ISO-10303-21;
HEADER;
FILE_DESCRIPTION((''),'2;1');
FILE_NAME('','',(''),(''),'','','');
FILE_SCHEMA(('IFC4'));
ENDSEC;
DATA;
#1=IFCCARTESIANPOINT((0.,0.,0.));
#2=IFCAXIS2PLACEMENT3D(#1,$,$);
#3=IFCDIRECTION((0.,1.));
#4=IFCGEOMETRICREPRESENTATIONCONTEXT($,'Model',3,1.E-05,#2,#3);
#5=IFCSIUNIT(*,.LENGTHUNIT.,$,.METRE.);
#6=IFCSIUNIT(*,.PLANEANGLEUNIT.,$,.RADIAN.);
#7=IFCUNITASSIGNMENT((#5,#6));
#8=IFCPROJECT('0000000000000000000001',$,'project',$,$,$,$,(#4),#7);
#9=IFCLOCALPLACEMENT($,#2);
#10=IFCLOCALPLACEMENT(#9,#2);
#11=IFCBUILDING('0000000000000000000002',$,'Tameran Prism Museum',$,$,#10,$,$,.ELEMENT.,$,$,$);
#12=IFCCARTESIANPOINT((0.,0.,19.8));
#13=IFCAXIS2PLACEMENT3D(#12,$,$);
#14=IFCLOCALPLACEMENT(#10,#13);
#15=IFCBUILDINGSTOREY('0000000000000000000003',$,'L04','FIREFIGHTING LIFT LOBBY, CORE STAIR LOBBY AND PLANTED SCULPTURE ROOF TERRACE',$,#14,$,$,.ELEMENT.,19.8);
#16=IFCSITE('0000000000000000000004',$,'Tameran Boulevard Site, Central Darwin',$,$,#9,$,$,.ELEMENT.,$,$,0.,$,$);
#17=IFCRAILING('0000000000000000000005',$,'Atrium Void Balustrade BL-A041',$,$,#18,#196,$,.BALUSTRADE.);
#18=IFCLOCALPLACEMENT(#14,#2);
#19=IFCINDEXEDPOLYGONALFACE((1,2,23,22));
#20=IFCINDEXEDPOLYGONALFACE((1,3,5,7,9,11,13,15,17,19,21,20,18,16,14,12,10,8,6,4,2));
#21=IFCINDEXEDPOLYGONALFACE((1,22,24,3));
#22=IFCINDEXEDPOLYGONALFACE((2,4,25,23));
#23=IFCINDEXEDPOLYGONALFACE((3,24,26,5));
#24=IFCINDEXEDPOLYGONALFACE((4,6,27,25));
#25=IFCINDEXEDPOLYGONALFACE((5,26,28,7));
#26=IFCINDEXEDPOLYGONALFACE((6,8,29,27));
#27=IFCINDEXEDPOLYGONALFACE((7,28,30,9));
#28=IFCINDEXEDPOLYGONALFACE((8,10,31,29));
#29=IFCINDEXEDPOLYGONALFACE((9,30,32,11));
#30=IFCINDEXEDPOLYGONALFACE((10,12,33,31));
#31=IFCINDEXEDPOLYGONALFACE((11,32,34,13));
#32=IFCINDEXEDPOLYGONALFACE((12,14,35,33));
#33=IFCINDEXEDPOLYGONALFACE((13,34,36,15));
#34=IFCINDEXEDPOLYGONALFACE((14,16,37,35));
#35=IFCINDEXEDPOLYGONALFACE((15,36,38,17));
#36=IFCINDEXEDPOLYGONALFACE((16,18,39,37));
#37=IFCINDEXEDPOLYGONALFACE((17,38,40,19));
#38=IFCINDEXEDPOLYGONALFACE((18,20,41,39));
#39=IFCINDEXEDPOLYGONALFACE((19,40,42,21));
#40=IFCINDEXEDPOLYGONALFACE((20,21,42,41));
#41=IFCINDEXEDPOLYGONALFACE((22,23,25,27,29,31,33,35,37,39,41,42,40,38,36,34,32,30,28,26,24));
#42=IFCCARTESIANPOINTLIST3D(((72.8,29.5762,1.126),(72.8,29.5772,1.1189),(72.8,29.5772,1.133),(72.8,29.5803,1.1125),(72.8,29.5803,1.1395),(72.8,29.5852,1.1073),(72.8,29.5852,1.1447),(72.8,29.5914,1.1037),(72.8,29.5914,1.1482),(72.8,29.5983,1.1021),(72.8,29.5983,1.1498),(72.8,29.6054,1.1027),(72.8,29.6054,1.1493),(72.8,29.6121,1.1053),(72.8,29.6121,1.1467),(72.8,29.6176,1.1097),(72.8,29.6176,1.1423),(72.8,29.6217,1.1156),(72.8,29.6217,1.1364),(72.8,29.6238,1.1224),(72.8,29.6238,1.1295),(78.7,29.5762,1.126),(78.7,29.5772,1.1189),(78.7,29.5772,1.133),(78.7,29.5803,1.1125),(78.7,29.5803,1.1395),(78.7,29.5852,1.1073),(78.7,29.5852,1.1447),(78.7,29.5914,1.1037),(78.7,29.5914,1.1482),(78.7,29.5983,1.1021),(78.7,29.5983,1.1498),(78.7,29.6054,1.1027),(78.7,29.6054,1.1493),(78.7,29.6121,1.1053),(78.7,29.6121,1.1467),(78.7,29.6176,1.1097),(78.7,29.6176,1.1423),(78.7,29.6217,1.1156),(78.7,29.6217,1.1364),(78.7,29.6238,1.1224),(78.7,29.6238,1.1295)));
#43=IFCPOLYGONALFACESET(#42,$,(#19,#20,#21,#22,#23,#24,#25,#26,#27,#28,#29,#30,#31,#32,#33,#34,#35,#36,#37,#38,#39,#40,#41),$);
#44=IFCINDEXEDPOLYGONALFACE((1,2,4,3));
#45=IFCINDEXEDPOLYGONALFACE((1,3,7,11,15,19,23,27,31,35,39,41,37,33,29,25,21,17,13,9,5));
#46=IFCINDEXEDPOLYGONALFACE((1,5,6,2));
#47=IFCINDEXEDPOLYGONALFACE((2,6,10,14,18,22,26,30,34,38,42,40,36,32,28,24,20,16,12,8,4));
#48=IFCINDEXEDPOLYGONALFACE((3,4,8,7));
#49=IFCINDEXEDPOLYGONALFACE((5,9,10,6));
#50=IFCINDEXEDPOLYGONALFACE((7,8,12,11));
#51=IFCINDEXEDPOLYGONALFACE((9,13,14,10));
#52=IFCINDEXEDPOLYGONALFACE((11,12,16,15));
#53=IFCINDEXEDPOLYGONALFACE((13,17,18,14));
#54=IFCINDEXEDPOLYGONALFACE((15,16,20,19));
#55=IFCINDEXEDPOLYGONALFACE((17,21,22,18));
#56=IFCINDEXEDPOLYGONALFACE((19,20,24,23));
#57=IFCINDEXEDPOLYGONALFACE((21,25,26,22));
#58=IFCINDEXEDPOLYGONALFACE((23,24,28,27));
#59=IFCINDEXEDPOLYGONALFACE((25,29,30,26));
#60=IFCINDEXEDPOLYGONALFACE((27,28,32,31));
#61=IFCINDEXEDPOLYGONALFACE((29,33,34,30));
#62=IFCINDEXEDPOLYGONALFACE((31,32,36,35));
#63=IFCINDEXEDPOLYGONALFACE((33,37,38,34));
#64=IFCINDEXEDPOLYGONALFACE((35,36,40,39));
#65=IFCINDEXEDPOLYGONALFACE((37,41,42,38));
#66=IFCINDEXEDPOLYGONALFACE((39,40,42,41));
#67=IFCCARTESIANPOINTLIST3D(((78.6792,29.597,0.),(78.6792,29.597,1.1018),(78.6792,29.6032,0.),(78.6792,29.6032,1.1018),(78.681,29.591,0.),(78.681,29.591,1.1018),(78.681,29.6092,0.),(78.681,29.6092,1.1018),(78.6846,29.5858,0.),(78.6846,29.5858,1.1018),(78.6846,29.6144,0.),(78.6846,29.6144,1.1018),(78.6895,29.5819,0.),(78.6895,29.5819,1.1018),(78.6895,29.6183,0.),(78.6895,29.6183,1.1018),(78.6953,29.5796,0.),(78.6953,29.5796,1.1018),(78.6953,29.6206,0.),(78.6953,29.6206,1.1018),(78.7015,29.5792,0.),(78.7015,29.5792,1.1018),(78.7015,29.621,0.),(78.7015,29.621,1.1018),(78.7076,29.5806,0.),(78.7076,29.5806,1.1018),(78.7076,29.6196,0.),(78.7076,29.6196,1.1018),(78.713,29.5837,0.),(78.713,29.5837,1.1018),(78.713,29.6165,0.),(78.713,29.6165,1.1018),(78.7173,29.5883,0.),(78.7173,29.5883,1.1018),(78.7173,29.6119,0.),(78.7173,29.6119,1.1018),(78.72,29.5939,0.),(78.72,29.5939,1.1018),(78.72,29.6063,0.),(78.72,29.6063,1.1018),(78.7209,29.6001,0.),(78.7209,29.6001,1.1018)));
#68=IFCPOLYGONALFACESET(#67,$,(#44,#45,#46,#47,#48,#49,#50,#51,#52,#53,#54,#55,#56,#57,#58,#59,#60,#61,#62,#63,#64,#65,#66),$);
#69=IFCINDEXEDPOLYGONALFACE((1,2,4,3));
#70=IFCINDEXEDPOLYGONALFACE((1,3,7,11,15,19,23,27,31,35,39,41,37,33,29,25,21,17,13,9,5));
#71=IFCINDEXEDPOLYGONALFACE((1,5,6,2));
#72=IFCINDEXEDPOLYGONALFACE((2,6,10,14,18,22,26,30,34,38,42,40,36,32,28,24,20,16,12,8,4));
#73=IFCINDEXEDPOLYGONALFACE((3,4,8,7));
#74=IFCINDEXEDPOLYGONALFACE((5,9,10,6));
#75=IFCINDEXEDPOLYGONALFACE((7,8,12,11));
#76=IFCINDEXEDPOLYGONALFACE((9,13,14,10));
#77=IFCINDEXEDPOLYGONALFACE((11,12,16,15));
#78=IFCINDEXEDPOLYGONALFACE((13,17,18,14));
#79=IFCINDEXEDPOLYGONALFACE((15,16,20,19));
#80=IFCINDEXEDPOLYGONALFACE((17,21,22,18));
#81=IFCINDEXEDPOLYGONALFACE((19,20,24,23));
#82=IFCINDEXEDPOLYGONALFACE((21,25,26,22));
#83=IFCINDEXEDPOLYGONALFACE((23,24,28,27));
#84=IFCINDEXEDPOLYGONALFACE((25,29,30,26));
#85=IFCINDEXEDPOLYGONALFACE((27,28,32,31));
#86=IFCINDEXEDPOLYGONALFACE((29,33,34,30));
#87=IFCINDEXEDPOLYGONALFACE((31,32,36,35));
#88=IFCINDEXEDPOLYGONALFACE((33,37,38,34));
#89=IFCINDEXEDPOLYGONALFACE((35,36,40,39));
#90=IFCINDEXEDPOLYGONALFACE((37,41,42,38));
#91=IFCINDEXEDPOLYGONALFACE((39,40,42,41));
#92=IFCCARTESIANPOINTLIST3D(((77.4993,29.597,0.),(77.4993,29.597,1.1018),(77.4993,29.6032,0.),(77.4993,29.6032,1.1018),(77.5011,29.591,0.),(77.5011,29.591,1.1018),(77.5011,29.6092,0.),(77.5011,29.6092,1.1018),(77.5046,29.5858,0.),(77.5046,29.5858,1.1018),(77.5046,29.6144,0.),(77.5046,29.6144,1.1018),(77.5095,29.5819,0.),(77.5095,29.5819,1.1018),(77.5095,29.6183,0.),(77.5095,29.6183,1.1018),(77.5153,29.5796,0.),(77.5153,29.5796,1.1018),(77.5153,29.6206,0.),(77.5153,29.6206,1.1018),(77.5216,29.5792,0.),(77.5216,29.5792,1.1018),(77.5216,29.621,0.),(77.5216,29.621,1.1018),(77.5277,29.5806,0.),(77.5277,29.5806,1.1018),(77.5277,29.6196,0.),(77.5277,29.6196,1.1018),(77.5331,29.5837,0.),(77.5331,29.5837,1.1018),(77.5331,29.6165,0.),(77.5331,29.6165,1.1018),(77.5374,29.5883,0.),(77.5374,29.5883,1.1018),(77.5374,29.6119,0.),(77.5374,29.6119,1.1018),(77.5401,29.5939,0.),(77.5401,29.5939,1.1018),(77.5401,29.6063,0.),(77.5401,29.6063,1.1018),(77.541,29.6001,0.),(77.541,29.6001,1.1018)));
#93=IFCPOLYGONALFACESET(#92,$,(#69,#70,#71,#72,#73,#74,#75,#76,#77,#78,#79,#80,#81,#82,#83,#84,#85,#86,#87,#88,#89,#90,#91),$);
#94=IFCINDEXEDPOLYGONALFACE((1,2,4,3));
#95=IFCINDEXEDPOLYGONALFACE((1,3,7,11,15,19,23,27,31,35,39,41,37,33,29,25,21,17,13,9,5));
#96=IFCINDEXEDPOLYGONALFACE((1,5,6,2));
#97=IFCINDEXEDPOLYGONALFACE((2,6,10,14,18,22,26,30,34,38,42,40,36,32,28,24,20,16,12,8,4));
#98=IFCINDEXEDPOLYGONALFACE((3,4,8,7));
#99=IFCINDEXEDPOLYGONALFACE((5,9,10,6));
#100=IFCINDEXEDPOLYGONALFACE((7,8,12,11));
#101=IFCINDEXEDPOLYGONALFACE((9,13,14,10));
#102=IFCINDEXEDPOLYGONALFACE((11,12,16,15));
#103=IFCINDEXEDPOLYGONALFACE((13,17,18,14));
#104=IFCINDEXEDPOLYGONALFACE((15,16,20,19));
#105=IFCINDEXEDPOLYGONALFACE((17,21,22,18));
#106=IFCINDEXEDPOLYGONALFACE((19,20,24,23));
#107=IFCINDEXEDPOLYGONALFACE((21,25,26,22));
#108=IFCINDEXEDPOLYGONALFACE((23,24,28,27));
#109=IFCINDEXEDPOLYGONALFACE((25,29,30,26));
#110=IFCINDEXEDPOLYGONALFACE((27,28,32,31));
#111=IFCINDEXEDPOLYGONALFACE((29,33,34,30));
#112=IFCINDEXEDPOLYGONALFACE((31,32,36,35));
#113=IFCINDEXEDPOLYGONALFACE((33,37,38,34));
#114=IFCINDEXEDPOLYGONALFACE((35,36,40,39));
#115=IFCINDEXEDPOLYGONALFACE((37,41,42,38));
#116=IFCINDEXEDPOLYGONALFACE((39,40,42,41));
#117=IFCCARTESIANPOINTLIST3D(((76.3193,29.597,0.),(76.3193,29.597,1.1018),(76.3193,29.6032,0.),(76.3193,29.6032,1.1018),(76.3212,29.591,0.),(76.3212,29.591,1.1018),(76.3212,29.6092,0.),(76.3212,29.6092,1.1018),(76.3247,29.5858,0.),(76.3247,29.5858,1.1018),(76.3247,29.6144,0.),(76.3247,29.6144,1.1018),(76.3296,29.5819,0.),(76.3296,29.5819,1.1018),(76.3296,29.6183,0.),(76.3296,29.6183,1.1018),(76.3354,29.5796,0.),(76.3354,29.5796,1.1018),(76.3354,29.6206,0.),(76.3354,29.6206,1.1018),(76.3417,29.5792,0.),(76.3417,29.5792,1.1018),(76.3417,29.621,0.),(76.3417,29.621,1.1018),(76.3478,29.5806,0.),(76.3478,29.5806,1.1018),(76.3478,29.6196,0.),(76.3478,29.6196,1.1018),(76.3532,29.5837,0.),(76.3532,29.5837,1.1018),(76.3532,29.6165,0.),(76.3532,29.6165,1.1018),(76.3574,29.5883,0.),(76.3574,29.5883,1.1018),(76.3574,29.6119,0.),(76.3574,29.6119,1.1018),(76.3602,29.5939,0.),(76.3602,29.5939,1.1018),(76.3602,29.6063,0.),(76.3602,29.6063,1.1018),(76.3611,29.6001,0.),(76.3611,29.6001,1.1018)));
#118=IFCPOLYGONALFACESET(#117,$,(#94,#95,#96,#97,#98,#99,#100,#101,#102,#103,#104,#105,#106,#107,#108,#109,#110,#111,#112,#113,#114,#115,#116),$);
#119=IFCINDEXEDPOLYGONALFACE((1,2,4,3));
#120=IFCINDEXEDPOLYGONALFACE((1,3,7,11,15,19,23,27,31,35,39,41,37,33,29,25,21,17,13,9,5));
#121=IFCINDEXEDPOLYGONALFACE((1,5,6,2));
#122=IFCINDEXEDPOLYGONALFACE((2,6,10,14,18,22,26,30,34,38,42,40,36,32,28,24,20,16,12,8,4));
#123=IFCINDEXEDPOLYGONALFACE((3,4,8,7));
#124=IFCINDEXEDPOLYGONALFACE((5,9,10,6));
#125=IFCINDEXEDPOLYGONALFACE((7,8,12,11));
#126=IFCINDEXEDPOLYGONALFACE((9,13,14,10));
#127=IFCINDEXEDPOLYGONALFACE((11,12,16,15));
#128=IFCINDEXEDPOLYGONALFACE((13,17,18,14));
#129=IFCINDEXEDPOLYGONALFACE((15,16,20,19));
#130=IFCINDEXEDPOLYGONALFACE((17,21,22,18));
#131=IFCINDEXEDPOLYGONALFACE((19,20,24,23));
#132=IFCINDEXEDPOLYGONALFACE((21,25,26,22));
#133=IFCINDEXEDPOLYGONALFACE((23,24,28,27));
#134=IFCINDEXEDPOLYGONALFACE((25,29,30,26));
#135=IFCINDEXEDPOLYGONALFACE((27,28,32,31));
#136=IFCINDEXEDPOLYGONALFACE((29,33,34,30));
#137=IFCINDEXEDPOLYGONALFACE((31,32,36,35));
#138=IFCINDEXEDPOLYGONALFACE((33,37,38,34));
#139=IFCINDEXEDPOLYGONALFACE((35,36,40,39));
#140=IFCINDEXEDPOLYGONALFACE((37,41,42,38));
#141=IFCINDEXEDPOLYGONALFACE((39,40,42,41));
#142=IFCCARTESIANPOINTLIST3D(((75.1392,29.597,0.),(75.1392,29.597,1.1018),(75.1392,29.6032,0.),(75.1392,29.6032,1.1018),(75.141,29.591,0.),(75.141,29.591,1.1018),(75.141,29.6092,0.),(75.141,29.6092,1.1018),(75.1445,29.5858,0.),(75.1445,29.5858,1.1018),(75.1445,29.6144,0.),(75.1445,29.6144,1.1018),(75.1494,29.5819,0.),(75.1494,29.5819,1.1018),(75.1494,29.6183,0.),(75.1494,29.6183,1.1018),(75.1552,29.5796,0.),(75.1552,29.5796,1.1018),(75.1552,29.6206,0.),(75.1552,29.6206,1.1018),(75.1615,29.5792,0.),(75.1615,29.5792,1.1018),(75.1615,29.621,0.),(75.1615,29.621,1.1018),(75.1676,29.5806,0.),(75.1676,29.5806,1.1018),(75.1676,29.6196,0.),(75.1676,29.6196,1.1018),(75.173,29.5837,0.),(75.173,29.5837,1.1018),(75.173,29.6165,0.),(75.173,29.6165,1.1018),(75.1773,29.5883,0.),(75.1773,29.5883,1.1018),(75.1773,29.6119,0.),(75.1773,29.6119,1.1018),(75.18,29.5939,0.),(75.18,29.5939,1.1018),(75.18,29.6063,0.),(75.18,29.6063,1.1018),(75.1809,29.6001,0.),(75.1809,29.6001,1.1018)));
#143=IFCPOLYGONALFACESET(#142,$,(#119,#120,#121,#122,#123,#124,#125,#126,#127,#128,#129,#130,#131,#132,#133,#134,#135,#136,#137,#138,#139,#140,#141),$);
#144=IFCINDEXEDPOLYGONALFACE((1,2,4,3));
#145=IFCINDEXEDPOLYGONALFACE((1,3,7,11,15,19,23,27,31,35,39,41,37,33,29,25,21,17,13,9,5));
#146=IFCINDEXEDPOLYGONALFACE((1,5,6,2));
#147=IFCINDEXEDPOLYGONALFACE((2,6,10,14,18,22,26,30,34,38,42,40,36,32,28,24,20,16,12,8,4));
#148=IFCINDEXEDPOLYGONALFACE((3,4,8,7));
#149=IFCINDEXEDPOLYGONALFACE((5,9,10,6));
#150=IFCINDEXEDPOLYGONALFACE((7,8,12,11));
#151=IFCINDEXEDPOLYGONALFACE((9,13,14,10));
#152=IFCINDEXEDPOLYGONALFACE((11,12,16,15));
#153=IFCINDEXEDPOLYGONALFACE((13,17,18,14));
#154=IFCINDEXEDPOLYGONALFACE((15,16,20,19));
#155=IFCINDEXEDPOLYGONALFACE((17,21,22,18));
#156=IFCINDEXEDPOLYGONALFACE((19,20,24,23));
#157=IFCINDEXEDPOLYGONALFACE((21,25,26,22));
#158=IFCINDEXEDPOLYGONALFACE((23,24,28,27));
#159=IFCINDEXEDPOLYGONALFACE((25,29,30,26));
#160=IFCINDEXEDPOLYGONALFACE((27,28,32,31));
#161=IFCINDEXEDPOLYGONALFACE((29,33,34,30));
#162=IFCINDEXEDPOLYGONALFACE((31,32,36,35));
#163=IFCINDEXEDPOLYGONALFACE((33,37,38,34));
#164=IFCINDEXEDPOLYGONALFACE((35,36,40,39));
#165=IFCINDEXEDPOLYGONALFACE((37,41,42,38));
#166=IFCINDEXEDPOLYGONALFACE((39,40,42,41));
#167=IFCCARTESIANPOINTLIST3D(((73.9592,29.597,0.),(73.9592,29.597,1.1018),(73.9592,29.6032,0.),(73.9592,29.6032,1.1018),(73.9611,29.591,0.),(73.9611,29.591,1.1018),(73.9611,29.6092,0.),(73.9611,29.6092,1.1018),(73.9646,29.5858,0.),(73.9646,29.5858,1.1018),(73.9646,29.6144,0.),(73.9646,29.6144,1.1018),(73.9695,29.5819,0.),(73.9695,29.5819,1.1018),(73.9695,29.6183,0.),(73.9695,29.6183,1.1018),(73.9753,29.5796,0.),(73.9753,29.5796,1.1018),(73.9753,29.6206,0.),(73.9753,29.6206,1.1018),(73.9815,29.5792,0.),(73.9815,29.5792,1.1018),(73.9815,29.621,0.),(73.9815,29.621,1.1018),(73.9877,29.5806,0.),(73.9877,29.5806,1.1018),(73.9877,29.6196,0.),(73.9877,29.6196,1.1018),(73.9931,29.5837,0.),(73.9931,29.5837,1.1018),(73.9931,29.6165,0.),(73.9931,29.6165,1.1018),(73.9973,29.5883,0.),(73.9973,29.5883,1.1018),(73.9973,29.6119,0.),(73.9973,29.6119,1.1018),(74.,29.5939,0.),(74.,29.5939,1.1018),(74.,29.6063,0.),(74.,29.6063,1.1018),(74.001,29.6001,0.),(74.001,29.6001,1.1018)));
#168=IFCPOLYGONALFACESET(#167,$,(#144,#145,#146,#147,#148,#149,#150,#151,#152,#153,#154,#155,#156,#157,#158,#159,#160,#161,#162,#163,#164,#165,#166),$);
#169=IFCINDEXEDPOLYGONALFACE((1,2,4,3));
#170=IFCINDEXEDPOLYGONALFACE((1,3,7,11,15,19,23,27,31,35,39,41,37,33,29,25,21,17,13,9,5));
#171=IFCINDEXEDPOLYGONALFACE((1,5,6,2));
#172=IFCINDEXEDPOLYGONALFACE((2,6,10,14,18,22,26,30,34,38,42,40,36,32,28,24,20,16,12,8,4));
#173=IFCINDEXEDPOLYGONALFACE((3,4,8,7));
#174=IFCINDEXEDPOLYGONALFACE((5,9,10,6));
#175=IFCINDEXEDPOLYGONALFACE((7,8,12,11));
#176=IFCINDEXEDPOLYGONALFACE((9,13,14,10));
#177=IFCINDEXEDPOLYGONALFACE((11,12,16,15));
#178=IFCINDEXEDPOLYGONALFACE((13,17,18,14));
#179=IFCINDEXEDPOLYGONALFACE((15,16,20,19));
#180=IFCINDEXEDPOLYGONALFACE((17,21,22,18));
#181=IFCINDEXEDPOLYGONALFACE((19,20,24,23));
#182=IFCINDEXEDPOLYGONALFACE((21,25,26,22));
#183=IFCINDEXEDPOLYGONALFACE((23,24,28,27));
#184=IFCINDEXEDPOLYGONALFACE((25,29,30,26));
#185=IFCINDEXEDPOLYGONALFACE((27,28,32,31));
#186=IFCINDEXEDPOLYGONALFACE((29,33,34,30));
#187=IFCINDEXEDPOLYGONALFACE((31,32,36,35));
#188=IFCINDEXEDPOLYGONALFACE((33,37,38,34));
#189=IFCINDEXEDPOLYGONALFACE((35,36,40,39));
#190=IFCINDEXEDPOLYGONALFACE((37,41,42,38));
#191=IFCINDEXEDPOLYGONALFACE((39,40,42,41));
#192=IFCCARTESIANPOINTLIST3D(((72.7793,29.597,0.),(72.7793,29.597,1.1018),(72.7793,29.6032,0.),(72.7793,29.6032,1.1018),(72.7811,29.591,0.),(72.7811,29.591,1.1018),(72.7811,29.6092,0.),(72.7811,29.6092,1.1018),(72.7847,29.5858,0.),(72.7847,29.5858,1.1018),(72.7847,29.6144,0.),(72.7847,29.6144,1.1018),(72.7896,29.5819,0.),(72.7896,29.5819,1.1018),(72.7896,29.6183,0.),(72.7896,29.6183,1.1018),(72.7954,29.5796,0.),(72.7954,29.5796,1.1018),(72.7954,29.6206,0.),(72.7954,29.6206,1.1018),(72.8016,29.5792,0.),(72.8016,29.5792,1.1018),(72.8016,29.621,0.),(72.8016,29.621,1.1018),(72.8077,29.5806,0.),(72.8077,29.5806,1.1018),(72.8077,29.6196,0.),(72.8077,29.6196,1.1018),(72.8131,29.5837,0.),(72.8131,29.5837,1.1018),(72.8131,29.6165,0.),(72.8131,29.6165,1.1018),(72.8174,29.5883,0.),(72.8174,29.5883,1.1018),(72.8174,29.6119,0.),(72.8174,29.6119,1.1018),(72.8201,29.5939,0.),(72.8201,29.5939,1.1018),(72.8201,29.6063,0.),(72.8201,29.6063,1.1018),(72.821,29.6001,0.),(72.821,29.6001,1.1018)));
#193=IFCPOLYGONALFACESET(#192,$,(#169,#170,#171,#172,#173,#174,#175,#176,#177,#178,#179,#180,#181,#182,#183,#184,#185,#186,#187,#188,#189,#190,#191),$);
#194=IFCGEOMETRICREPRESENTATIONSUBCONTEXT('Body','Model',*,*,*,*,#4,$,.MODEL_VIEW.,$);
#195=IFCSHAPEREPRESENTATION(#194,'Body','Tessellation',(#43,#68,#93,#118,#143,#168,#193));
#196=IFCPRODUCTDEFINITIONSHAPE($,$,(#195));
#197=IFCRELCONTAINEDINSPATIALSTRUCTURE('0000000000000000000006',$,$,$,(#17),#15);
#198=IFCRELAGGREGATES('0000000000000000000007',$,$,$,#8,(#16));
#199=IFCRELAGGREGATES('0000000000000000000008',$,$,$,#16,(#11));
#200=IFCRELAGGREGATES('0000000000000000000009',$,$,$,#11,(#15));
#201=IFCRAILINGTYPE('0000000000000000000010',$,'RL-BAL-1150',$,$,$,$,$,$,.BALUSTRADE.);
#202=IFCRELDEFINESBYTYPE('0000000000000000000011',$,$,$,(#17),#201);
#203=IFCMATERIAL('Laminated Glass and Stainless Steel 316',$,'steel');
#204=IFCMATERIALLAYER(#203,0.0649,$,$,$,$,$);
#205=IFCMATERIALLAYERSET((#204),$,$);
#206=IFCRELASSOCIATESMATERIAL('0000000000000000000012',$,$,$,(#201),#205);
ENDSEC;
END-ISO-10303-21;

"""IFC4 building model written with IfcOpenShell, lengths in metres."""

from ifc_helpers import new_model, si_unit, direction, frame, origin, origin_2d, place, context, subcontext, project, spatial, circle, extrude, material, layer, layer_set, type_object, element, save


model = new_model("IFC4")

# Units and contexts
model_context = context("Model", 3, precision=1e-05, world=origin(), true_north=direction((0.0, 1.0)))
body_context = subcontext(model_context, "Body", "Model", "MODEL_VIEW")
ifc_project = project(units=[si_unit("LENGTHUNIT", "METRE"), si_unit("PLANEANGLEUNIT", "RADIAN")], contexts=[model_context])

# Site, building, storey
site_placement = place(None, origin())
site = spatial("IfcSite", under=ifc_project, at=site_placement, Name="Tameran Boulevard Site, Central Darwin", CompositionType="ELEMENT", RefElevation=0.0)
building_placement = place(site_placement, origin())
building = spatial("IfcBuilding", under=site, at=building_placement, Name="Tameran Prism Museum", CompositionType="ELEMENT")
storey_placement = place(building_placement, frame((0.0, 0.0, 19.8)))
storey = spatial("IfcBuildingStorey", under=building, at=storey_placement, Name="L04", Description="FIREFIGHTING LIFT LOBBY, CORE STAIR LOBBY AND PLANTED SCULPTURE ROOF TERRACE", CompositionType="ELEMENT", Elevation=19.8)

# Railing
ifc_material_1 = material(Name="Laminated Glass and Stainless Steel 316", Category="steel")
ifc_layer_1 = layer(ifc_material_1, 0.0649)
ifc_layer_set_1 = layer_set([ifc_layer_1])
railing_type = type_object("IfcRailingType", Name="RL-BAL-1150", PredefinedType="BALUSTRADE", material=ifc_layer_set_1)
railing_1_placement = place(storey_placement, frame((78.7, 29.6001, 0.0)))
element("IfcRailing", 1, at=railing_1_placement, inside=storey, type_object=railing_type, Name="Atrium Void Balustrade BL-A041", PredefinedType="BALUSTRADE", context=body_context, shape_type="SweptSolid", body=[
    extrude(circle(Radius=0.0239, at=origin_2d()), frame((0.0, 0.0, 1.126), z_axis=(-1.0, 0.0, 0.0), x_axis=(0.0, -1.0, 0.0)), (0.0, 0.0, 1.0), 5.8999),
    extrude(circle(Radius=0.021, at=origin_2d()), origin(), (0.0, 0.0, 1.0), 1.1018),
    extrude(circle(Radius=0.021, at=origin_2d()), frame((-1.1799, 0.0, 0.0)), (0.0, 0.0, 1.0), 1.1018),
    extrude(circle(Radius=0.021, at=origin_2d()), frame((-2.3599, 0.0, 0.0)), (0.0, 0.0, 1.0), 1.1018),
    extrude(circle(Radius=0.021, at=origin_2d()), frame((-3.54, 0.0, 0.0)), (0.0, 0.0, 1.0), 1.1018),
    extrude(circle(Radius=0.021, at=origin_2d()), frame((-4.72, 0.0, 0.0)), (0.0, 0.0, 1.0), 1.1018),
    extrude(circle(Radius=0.021, at=origin_2d()), frame((-5.8999, 0.0, 0.0)), (0.0, 0.0, 1.0), 1.1018),
])

save(model, "model.ifc")
